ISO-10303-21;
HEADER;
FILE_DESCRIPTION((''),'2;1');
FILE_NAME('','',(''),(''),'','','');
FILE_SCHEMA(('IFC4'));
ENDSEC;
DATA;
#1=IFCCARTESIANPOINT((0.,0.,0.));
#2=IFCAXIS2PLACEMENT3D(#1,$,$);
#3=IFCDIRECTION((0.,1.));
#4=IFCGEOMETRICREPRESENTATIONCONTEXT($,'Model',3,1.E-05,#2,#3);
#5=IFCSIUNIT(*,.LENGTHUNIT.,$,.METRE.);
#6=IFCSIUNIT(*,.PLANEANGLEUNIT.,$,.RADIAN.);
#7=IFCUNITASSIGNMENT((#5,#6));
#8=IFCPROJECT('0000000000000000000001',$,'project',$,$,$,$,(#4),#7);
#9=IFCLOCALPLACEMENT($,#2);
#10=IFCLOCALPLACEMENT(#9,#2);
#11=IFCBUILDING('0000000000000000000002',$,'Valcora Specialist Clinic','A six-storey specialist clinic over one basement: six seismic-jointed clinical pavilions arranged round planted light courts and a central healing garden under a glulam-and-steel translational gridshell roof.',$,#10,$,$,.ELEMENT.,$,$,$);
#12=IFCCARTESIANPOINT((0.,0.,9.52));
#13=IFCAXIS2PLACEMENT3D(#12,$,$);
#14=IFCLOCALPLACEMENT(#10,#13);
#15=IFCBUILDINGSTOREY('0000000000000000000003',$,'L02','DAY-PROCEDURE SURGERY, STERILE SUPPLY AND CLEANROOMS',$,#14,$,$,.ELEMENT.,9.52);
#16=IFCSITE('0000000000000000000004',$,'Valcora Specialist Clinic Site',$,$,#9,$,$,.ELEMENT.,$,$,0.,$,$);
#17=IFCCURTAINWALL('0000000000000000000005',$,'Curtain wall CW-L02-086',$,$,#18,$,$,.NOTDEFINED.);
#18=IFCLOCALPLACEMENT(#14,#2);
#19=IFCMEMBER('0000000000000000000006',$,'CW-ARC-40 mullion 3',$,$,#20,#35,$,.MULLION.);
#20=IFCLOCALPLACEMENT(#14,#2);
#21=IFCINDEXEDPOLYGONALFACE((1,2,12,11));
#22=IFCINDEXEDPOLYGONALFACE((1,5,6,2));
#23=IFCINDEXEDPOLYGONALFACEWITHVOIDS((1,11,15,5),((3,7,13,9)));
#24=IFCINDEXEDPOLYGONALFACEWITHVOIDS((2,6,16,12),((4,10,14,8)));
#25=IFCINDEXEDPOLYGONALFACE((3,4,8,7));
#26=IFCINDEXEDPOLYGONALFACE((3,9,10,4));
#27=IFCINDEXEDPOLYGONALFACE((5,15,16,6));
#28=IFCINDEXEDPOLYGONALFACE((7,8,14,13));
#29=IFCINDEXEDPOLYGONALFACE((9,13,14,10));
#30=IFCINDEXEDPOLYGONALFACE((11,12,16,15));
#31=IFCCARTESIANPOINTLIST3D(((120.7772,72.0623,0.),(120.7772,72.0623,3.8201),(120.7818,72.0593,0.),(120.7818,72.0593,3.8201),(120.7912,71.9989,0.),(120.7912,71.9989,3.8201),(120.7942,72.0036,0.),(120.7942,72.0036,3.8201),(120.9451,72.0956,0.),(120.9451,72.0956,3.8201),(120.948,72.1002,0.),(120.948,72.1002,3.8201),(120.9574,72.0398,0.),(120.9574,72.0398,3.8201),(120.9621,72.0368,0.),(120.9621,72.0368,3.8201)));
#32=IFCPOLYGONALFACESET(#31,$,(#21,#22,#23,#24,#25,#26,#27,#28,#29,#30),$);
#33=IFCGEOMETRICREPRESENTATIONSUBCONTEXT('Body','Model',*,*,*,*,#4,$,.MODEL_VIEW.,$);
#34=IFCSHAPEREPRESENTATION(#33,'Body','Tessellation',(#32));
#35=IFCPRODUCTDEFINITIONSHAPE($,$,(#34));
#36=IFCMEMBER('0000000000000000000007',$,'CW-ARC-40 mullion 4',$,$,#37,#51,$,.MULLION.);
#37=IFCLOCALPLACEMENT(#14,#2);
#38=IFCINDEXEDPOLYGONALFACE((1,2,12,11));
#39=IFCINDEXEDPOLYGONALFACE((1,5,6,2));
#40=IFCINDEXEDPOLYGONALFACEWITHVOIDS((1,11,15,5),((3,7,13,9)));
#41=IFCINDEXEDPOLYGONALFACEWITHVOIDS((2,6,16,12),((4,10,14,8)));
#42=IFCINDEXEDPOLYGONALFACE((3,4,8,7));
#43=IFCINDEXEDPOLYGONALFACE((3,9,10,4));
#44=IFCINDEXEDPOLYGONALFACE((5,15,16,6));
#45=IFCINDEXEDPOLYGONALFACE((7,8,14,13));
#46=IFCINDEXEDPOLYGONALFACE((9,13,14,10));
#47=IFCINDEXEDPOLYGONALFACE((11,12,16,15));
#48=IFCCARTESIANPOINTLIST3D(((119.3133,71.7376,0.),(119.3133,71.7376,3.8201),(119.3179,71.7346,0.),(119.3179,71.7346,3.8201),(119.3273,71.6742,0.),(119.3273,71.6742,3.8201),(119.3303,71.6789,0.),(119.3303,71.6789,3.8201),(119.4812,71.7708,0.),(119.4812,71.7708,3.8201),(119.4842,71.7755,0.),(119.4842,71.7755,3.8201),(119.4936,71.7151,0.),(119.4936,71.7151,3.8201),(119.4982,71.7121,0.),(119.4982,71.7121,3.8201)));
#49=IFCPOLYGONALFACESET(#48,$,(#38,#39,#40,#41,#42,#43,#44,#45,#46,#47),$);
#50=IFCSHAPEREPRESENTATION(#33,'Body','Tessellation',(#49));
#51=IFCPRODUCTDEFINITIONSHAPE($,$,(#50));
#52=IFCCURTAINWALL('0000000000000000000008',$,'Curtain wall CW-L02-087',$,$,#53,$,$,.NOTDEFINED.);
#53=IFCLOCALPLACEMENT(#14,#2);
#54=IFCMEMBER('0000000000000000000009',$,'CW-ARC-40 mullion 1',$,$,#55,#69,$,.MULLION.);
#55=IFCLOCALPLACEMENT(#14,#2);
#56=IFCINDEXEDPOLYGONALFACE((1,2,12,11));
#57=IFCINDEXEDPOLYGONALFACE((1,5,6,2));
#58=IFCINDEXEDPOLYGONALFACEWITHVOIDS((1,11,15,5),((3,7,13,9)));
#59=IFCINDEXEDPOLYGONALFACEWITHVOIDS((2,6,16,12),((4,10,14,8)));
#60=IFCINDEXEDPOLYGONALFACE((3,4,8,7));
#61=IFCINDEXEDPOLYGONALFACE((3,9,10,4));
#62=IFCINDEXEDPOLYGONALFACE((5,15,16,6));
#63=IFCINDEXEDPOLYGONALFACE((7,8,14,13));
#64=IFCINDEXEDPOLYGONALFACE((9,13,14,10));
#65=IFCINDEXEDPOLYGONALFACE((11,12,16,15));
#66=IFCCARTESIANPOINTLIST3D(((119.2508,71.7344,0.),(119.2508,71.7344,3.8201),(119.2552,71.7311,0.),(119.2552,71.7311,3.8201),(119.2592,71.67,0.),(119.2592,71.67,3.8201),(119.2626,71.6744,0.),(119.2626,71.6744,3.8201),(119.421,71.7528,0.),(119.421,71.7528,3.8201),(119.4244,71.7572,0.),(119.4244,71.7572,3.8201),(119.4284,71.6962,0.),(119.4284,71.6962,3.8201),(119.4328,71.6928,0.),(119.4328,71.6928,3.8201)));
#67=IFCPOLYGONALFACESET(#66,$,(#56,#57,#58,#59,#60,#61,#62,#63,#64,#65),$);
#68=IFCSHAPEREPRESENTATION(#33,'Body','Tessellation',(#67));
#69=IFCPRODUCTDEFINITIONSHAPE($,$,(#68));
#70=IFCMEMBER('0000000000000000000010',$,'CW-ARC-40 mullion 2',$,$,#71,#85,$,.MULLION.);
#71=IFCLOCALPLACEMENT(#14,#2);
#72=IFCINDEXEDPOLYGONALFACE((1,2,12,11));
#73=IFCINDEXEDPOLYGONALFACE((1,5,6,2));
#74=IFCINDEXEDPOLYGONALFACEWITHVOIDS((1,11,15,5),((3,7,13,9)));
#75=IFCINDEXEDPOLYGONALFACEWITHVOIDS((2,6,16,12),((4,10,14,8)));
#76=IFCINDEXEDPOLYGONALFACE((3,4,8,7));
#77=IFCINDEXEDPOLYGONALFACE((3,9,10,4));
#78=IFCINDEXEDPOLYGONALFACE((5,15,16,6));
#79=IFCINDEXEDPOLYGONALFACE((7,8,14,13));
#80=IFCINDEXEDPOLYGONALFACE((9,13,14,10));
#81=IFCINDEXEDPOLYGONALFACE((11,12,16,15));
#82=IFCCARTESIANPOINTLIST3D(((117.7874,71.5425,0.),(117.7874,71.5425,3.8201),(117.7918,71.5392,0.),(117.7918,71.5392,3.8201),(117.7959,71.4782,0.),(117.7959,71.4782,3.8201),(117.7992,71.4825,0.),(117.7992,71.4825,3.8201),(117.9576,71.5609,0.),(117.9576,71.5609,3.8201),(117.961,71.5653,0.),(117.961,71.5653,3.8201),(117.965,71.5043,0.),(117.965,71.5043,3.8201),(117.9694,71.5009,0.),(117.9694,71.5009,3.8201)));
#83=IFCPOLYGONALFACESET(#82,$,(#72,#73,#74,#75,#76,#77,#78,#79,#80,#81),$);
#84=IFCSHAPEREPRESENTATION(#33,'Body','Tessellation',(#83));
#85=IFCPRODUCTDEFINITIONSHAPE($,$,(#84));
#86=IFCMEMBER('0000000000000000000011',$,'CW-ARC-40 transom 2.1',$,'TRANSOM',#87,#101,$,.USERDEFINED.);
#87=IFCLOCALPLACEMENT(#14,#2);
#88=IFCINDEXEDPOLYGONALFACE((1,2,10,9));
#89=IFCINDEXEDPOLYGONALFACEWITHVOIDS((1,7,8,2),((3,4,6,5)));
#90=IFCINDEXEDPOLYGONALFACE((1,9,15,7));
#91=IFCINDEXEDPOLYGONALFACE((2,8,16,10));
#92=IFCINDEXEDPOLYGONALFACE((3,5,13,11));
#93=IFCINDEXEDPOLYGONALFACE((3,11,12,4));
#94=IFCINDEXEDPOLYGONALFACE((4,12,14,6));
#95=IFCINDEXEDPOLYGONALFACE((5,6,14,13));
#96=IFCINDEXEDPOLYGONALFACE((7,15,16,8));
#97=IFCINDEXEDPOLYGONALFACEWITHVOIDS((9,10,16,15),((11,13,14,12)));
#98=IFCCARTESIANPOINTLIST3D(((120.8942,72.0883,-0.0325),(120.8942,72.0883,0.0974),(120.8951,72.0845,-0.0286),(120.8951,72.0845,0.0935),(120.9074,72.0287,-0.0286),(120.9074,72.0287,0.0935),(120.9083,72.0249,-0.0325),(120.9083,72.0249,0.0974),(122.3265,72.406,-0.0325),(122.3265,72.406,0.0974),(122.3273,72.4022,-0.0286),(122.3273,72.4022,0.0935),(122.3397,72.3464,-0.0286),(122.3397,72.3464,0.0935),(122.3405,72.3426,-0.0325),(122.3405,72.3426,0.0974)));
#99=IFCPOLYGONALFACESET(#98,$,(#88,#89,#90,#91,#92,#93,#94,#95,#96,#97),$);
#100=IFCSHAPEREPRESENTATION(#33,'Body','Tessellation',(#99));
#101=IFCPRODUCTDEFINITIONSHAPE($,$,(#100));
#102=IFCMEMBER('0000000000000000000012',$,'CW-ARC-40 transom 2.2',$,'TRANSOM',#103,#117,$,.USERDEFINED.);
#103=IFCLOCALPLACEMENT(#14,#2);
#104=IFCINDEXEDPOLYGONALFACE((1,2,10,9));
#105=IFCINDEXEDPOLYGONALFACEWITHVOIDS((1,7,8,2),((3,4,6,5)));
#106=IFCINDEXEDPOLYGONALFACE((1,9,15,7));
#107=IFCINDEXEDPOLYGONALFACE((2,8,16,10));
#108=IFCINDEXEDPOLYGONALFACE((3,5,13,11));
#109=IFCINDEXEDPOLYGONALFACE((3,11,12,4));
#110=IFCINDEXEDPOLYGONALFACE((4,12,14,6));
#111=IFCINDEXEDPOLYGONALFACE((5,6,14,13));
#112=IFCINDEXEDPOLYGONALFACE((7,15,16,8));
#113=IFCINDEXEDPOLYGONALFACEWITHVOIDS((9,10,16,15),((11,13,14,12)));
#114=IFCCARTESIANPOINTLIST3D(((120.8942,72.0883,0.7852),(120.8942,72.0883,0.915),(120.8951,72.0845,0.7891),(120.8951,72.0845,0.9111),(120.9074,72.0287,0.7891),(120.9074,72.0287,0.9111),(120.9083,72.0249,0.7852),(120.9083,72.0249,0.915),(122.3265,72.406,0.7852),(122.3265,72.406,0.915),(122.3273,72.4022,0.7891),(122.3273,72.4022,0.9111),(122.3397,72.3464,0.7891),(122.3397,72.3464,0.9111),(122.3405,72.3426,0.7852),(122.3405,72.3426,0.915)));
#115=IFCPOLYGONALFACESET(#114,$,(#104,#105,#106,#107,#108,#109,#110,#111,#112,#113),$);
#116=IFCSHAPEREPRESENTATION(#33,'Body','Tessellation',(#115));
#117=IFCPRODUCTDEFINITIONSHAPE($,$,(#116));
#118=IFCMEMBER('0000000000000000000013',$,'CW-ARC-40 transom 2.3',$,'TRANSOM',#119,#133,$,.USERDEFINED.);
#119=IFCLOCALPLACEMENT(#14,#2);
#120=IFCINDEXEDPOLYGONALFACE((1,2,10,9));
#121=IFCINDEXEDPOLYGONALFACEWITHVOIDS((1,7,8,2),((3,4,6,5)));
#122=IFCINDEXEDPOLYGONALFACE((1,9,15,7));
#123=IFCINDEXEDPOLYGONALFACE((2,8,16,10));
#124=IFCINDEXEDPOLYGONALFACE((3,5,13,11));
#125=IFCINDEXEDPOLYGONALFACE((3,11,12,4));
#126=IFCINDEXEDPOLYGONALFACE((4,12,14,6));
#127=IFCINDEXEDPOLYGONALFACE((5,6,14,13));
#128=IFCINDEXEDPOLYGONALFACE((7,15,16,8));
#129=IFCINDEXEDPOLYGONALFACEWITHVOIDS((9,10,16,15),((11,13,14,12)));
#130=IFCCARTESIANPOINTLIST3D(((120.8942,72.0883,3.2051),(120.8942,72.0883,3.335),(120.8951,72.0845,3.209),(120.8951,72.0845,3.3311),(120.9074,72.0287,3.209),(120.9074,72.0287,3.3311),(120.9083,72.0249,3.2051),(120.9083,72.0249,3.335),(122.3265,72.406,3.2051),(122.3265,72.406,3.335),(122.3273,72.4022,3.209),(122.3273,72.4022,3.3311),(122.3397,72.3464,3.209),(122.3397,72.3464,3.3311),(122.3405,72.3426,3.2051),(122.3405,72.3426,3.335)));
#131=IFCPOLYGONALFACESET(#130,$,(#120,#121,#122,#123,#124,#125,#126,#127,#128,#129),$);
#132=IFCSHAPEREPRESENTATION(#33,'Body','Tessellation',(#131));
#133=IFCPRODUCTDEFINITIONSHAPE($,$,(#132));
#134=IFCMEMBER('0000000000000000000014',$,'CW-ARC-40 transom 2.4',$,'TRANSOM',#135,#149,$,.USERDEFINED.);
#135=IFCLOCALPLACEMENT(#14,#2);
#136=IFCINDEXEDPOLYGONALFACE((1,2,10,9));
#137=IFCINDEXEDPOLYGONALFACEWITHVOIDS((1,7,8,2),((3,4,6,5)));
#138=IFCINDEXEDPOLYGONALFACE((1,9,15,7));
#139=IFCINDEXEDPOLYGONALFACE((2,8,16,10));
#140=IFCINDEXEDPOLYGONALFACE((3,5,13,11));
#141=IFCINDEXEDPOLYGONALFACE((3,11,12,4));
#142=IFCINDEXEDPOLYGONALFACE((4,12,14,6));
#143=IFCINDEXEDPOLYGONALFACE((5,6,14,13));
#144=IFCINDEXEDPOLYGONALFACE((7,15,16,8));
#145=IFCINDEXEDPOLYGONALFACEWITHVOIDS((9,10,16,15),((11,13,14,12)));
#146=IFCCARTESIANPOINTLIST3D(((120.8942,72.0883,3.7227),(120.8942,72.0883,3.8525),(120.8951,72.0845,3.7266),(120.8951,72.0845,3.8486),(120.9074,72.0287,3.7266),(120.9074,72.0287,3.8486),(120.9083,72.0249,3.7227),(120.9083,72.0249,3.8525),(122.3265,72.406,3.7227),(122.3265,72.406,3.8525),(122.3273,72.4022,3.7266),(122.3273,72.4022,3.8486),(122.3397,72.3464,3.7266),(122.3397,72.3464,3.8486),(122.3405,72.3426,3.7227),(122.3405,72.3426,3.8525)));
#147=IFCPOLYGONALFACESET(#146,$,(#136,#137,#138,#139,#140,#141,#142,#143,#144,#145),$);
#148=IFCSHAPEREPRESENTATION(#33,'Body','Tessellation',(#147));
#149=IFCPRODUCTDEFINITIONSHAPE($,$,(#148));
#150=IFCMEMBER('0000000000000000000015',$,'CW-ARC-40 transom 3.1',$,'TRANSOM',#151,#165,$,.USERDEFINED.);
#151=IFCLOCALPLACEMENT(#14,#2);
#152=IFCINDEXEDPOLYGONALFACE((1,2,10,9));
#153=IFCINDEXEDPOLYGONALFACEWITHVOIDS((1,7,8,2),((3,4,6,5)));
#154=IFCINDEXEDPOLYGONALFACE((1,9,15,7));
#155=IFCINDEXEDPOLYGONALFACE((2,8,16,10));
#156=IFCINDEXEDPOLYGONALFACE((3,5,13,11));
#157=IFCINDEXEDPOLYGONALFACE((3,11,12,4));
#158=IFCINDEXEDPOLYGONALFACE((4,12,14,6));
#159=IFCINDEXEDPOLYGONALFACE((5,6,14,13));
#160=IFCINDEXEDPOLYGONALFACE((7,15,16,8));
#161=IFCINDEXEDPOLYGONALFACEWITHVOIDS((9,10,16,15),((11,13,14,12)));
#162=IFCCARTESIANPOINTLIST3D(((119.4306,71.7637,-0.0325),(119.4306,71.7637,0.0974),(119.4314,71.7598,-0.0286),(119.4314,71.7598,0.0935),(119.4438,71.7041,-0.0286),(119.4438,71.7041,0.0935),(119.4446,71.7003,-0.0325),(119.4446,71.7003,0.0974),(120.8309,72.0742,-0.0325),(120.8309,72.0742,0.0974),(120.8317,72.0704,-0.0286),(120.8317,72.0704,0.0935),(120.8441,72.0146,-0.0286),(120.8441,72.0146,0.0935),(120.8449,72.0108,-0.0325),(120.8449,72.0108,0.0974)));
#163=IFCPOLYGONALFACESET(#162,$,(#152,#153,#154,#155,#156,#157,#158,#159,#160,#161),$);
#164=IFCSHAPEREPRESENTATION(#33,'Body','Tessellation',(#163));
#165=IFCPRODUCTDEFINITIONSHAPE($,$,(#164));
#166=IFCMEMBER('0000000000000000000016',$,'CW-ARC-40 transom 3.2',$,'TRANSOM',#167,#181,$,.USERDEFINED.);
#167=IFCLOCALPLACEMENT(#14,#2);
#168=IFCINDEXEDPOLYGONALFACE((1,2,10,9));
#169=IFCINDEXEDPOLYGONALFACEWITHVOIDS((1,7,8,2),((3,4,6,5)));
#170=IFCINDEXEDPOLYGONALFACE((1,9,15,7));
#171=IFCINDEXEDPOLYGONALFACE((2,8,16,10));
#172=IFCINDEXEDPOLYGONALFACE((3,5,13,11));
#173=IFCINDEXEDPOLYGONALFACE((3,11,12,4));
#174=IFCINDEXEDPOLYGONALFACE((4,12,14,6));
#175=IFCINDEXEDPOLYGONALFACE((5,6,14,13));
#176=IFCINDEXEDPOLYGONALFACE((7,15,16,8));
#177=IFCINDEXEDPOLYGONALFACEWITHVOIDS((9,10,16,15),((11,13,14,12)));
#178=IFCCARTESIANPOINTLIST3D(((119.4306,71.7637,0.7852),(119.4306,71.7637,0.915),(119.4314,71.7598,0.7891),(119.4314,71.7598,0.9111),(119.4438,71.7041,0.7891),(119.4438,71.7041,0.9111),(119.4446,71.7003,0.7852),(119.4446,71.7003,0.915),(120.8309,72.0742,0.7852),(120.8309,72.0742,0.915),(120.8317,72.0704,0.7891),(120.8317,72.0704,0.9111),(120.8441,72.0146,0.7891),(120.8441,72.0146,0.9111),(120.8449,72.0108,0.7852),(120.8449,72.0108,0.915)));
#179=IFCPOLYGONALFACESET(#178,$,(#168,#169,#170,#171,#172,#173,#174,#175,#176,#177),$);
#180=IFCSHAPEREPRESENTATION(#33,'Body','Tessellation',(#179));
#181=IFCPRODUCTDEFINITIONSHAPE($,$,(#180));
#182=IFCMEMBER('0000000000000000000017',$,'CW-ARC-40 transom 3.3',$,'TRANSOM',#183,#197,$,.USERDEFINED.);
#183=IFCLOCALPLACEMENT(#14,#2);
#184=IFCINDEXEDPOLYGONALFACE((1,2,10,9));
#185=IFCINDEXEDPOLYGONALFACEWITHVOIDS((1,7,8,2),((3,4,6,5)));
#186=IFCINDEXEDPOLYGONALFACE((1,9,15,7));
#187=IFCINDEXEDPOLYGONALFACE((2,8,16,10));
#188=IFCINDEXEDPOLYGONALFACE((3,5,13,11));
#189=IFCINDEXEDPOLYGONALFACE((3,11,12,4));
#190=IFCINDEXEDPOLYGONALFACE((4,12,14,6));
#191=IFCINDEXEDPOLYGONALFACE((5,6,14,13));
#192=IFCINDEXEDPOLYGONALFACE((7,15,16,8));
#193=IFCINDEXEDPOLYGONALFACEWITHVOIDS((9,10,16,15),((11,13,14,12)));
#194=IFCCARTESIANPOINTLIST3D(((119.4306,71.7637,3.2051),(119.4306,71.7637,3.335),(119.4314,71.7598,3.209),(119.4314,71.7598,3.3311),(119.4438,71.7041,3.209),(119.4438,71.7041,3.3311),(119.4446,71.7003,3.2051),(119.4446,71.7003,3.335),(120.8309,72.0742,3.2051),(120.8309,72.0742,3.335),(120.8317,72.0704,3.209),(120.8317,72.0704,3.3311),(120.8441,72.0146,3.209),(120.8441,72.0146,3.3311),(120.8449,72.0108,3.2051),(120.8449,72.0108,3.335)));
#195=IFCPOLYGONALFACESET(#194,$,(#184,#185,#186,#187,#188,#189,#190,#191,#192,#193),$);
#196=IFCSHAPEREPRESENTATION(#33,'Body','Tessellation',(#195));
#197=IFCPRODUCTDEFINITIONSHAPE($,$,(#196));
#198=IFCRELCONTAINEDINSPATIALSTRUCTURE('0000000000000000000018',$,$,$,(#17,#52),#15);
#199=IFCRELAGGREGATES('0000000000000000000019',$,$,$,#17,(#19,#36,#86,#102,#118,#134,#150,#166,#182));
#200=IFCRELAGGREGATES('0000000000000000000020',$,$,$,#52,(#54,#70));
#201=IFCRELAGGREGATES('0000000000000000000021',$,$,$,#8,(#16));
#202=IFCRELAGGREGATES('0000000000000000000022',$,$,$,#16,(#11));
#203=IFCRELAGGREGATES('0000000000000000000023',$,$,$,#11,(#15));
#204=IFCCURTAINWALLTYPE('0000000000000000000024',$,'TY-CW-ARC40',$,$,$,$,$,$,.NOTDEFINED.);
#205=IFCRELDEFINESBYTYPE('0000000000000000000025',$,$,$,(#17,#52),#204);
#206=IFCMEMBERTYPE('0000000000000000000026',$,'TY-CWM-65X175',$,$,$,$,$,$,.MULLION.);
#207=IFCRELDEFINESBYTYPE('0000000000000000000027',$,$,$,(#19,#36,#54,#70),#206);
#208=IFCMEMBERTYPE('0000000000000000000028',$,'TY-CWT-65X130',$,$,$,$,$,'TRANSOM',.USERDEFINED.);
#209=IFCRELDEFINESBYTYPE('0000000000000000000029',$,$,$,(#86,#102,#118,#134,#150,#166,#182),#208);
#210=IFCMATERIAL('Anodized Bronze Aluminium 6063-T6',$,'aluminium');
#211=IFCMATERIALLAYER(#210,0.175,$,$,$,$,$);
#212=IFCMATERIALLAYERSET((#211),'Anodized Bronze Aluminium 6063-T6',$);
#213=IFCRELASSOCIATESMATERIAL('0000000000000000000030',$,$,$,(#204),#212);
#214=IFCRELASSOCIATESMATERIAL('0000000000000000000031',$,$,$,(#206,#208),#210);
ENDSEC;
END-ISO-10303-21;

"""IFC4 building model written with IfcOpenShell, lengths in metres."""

from ifc_helpers import new_model, si_unit, direction, frame, origin, origin_2d, place, context, subcontext, project, spatial, hollow_rectangle, extrude, material, layer, layer_set, material_profile, profile_set, type_object, element, aggregate, save


model = new_model("IFC4")

# Units and contexts
model_context = context("Model", 3, precision=1e-05, world=origin(), true_north=direction((0.0, 1.0)))
body_context = subcontext(model_context, "Body", "Model", "MODEL_VIEW")
ifc_project = project(units=[si_unit("LENGTHUNIT", "METRE"), si_unit("PLANEANGLEUNIT", "RADIAN")], contexts=[model_context])

# Site, building, storey
site_placement = place(None, origin())
site = spatial("IfcSite", under=ifc_project, at=site_placement, Name="Valcora Specialist Clinic Site", CompositionType="ELEMENT", RefElevation=0.0)
building_placement = place(site_placement, origin())
building = spatial("IfcBuilding", under=site, at=building_placement, Name="Valcora Specialist Clinic", Description="A six-storey specialist clinic over one basement: six seismic-jointed clinical pavilions arranged round planted light courts and a central healing garden under a glulam-and-steel translational gridshell roof.", CompositionType="ELEMENT")
storey_placement = place(building_placement, frame((0.0, 0.0, 9.52)))
storey = spatial("IfcBuildingStorey", under=building, at=storey_placement, Name="L02", Description="DAY-PROCEDURE SURGERY, STERILE SUPPLY AND CLEANROOMS", CompositionType="ELEMENT", Elevation=9.52)

# Curtain walls, members
ifc_material_1 = material(Name="Anodized Bronze Aluminium 6063-T6", Category="aluminium")
ifc_layer_1 = layer(ifc_material_1, 0.175)
ifc_layer_set_1 = layer_set([ifc_layer_1], Name="Anodized Bronze Aluminium 6063-T6")
curtain_wall_type = type_object("IfcCurtainWallType", Name="TY-CW-ARC40", PredefinedType="NOTDEFINED", material=ifc_layer_set_1)
curtain_wall_1_placement = place(storey_placement, origin())
curtain_wall_1 = element("IfcCurtainWall", 1, at=curtain_wall_1_placement, inside=storey, type_object=curtain_wall_type, Name="Curtain wall CW-L02-086", PredefinedType="NOTDEFINED")
ifc_material_profile_1 = material_profile(ifc_material_1, hollow_rectangle(XDim=0.0649, YDim=0.175, WallThickness=0.0039, at=origin_2d()), Name="AL-MUL-65X175")
ifc_profile_set_1 = profile_set([ifc_material_profile_1], Name="Anodized Bronze Aluminium 6063-T6")
member_type_1 = type_object("IfcMemberType", Name="TY-CWM-65X175", PredefinedType="MULLION", material=ifc_profile_set_1)
member_1_placement = place(storey_placement, frame((120.8696, 72.0496, 0.0), z_axis=(0.0, 0.0, 1.0), x_axis=(0.216518, -0.976279, 0.0)))
member_1 = element("IfcMember", 2, at=member_1_placement, type_object=member_type_1, Name="CW-ARC-40 mullion 3", PredefinedType="MULLION", context=body_context, shape_type="SweptSolid", body=[
    extrude(hollow_rectangle(XDim=0.0649, YDim=0.175, WallThickness=0.0039, at=origin_2d()), origin(), (0.0, 0.0, 1.0), 3.8201),
])
member_2_placement = place(storey_placement, frame((119.4058, 71.7249, 0.0), z_axis=(0.0, 0.0, 1.0), x_axis=(0.216518, -0.976279, 0.0)))
member_2 = element("IfcMember", 3, at=member_2_placement, type_object=member_type_1, Name="CW-ARC-40 mullion 4", PredefinedType="MULLION", context=body_context, shape_type="SweptSolid", body=[
    extrude(hollow_rectangle(XDim=0.0649, YDim=0.175, WallThickness=0.0039, at=origin_2d()), origin(), (0.0, 0.0, 1.0), 3.8201),
])
curtain_wall_2_placement = place(storey_placement, origin())
curtain_wall_2 = element("IfcCurtainWall", 4, at=curtain_wall_2_placement, inside=storey, type_object=curtain_wall_type, Name="Curtain wall CW-L02-087", PredefinedType="NOTDEFINED")
member_3_placement = place(storey_placement, frame((119.3418, 71.7136, 0.0), z_axis=(0.0, 0.0, 1.0), x_axis=(0.129999, -0.991514, 0.0)))
member_3 = element("IfcMember", 5, at=member_3_placement, type_object=member_type_1, Name="CW-ARC-40 mullion 1", PredefinedType="MULLION", context=body_context, shape_type="SweptSolid", body=[
    extrude(hollow_rectangle(XDim=0.0649, YDim=0.175, WallThickness=0.0039, at=origin_2d()), origin(), (0.0, 0.0, 1.0), 3.8201),
])
member_4_placement = place(storey_placement, frame((117.8784, 71.5217, 0.0), z_axis=(0.0, 0.0, 1.0), x_axis=(0.129999, -0.991514, 0.0)))
member_4 = element("IfcMember", 6, at=member_4_placement, type_object=member_type_1, Name="CW-ARC-40 mullion 2", PredefinedType="MULLION", context=body_context, shape_type="SweptSolid", body=[
    extrude(hollow_rectangle(XDim=0.0649, YDim=0.175, WallThickness=0.0039, at=origin_2d()), origin(), (0.0, 0.0, 1.0), 3.8201),
])

# Members
ifc_material_profile_2 = material_profile(ifc_material_1, hollow_rectangle(XDim=0.0649, YDim=0.1299, WallThickness=0.0039, at=origin_2d()), Name="AL-TRN-65X130")
ifc_profile_set_2 = profile_set([ifc_material_profile_2], Name="Anodized Bronze Aluminium 6063-T6")
member_type_2 = type_object("IfcMemberType", Name="TY-CWT-65X130", ElementType="TRANSOM", PredefinedType="USERDEFINED", material=ifc_profile_set_2)
member_5_placement = place(storey_placement, frame((122.3335, 72.3743, 0.0325), z_axis=(-0.976277, -0.216525, 0.0), x_axis=(0.216525, -0.976277, 0.0)))
member_5 = element("IfcMember", 7, at=member_5_placement, type_object=member_type_2, Name="CW-ARC-40 transom 2.1", ObjectType="TRANSOM", PredefinedType="USERDEFINED", context=body_context, shape_type="SweptSolid", body=[
    extrude(hollow_rectangle(XDim=0.0649, YDim=0.1299, WallThickness=0.0039, at=origin_2d()), origin(), (0.0, 0.0, 1.0), 1.467),
])
member_6_placement = place(storey_placement, frame((122.3335, 72.3743, 0.8501), z_axis=(-0.976277, -0.216525, 0.0), x_axis=(0.216525, -0.976277, 0.0)))
member_6 = element("IfcMember", 8, at=member_6_placement, type_object=member_type_2, Name="CW-ARC-40 transom 2.2", ObjectType="TRANSOM", PredefinedType="USERDEFINED", context=body_context, shape_type="SweptSolid", body=[
    extrude(hollow_rectangle(XDim=0.0649, YDim=0.1299, WallThickness=0.0039, at=origin_2d()), origin(), (0.0, 0.0, 1.0), 1.467),
])
member_7_placement = place(storey_placement, frame((122.3335, 72.3743, 3.27), z_axis=(-0.976277, -0.216525, 0.0), x_axis=(0.216525, -0.976277, 0.0)))
member_7 = element("IfcMember", 9, at=member_7_placement, type_object=member_type_2, Name="CW-ARC-40 transom 2.3", ObjectType="TRANSOM", PredefinedType="USERDEFINED", context=body_context, shape_type="SweptSolid", body=[
    extrude(hollow_rectangle(XDim=0.0649, YDim=0.1299, WallThickness=0.0039, at=origin_2d()), origin(), (0.0, 0.0, 1.0), 1.467),
])
member_8_placement = place(storey_placement, frame((122.3335, 72.3743, 3.7876), z_axis=(-0.976277, -0.216525, 0.0), x_axis=(0.216525, -0.976277, 0.0)))
member_8 = element("IfcMember", 10, at=member_8_placement, type_object=member_type_2, Name="CW-ARC-40 transom 2.4", ObjectType="TRANSOM", PredefinedType="USERDEFINED", context=body_context, shape_type="SweptSolid", body=[
    extrude(hollow_rectangle(XDim=0.0649, YDim=0.1299, WallThickness=0.0039, at=origin_2d()), origin(), (0.0, 0.0, 1.0), 1.467),
])
member_9_placement = place(storey_placement, frame((120.8379, 72.0425, 0.0325), z_axis=(-0.976283, -0.216498, 0.0), x_axis=(0.216498, -0.976283, 0.0)))
member_9 = element("IfcMember", 11, at=member_9_placement, type_object=member_type_2, Name="CW-ARC-40 transom 3.1", ObjectType="TRANSOM", PredefinedType="USERDEFINED", context=body_context, shape_type="SweptSolid", body=[
    extrude(hollow_rectangle(XDim=0.0649, YDim=0.1299, WallThickness=0.0039, at=origin_2d()), origin(), (0.0, 0.0, 1.0), 1.4343),
])
member_10_placement = place(storey_placement, frame((120.8379, 72.0425, 0.8501), z_axis=(-0.976283, -0.216498, 0.0), x_axis=(0.216498, -0.976283, 0.0)))
member_10 = element("IfcMember", 12, at=member_10_placement, type_object=member_type_2, Name="CW-ARC-40 transom 3.2", ObjectType="TRANSOM", PredefinedType="USERDEFINED", context=body_context, shape_type="SweptSolid", body=[
    extrude(hollow_rectangle(XDim=0.0649, YDim=0.1299, WallThickness=0.0039, at=origin_2d()), origin(), (0.0, 0.0, 1.0), 1.4343),
])
member_11_placement = place(storey_placement, frame((120.8379, 72.0425, 3.27), z_axis=(-0.976283, -0.216498, 0.0), x_axis=(0.216498, -0.976283, 0.0)))
member_11 = element("IfcMember", 13, at=member_11_placement, type_object=member_type_2, Name="CW-ARC-40 transom 3.3", ObjectType="TRANSOM", PredefinedType="USERDEFINED", context=body_context, shape_type="SweptSolid", body=[
    extrude(hollow_rectangle(XDim=0.0649, YDim=0.1299, WallThickness=0.0039, at=origin_2d()), origin(), (0.0, 0.0, 1.0), 1.4343),
])

aggregate(curtain_wall_1, [member_1, member_2, member_5, member_6, member_7, member_8, member_9, member_10, member_11])
aggregate(curtain_wall_2, [member_3, member_4])

save(model, "model.ifc")
